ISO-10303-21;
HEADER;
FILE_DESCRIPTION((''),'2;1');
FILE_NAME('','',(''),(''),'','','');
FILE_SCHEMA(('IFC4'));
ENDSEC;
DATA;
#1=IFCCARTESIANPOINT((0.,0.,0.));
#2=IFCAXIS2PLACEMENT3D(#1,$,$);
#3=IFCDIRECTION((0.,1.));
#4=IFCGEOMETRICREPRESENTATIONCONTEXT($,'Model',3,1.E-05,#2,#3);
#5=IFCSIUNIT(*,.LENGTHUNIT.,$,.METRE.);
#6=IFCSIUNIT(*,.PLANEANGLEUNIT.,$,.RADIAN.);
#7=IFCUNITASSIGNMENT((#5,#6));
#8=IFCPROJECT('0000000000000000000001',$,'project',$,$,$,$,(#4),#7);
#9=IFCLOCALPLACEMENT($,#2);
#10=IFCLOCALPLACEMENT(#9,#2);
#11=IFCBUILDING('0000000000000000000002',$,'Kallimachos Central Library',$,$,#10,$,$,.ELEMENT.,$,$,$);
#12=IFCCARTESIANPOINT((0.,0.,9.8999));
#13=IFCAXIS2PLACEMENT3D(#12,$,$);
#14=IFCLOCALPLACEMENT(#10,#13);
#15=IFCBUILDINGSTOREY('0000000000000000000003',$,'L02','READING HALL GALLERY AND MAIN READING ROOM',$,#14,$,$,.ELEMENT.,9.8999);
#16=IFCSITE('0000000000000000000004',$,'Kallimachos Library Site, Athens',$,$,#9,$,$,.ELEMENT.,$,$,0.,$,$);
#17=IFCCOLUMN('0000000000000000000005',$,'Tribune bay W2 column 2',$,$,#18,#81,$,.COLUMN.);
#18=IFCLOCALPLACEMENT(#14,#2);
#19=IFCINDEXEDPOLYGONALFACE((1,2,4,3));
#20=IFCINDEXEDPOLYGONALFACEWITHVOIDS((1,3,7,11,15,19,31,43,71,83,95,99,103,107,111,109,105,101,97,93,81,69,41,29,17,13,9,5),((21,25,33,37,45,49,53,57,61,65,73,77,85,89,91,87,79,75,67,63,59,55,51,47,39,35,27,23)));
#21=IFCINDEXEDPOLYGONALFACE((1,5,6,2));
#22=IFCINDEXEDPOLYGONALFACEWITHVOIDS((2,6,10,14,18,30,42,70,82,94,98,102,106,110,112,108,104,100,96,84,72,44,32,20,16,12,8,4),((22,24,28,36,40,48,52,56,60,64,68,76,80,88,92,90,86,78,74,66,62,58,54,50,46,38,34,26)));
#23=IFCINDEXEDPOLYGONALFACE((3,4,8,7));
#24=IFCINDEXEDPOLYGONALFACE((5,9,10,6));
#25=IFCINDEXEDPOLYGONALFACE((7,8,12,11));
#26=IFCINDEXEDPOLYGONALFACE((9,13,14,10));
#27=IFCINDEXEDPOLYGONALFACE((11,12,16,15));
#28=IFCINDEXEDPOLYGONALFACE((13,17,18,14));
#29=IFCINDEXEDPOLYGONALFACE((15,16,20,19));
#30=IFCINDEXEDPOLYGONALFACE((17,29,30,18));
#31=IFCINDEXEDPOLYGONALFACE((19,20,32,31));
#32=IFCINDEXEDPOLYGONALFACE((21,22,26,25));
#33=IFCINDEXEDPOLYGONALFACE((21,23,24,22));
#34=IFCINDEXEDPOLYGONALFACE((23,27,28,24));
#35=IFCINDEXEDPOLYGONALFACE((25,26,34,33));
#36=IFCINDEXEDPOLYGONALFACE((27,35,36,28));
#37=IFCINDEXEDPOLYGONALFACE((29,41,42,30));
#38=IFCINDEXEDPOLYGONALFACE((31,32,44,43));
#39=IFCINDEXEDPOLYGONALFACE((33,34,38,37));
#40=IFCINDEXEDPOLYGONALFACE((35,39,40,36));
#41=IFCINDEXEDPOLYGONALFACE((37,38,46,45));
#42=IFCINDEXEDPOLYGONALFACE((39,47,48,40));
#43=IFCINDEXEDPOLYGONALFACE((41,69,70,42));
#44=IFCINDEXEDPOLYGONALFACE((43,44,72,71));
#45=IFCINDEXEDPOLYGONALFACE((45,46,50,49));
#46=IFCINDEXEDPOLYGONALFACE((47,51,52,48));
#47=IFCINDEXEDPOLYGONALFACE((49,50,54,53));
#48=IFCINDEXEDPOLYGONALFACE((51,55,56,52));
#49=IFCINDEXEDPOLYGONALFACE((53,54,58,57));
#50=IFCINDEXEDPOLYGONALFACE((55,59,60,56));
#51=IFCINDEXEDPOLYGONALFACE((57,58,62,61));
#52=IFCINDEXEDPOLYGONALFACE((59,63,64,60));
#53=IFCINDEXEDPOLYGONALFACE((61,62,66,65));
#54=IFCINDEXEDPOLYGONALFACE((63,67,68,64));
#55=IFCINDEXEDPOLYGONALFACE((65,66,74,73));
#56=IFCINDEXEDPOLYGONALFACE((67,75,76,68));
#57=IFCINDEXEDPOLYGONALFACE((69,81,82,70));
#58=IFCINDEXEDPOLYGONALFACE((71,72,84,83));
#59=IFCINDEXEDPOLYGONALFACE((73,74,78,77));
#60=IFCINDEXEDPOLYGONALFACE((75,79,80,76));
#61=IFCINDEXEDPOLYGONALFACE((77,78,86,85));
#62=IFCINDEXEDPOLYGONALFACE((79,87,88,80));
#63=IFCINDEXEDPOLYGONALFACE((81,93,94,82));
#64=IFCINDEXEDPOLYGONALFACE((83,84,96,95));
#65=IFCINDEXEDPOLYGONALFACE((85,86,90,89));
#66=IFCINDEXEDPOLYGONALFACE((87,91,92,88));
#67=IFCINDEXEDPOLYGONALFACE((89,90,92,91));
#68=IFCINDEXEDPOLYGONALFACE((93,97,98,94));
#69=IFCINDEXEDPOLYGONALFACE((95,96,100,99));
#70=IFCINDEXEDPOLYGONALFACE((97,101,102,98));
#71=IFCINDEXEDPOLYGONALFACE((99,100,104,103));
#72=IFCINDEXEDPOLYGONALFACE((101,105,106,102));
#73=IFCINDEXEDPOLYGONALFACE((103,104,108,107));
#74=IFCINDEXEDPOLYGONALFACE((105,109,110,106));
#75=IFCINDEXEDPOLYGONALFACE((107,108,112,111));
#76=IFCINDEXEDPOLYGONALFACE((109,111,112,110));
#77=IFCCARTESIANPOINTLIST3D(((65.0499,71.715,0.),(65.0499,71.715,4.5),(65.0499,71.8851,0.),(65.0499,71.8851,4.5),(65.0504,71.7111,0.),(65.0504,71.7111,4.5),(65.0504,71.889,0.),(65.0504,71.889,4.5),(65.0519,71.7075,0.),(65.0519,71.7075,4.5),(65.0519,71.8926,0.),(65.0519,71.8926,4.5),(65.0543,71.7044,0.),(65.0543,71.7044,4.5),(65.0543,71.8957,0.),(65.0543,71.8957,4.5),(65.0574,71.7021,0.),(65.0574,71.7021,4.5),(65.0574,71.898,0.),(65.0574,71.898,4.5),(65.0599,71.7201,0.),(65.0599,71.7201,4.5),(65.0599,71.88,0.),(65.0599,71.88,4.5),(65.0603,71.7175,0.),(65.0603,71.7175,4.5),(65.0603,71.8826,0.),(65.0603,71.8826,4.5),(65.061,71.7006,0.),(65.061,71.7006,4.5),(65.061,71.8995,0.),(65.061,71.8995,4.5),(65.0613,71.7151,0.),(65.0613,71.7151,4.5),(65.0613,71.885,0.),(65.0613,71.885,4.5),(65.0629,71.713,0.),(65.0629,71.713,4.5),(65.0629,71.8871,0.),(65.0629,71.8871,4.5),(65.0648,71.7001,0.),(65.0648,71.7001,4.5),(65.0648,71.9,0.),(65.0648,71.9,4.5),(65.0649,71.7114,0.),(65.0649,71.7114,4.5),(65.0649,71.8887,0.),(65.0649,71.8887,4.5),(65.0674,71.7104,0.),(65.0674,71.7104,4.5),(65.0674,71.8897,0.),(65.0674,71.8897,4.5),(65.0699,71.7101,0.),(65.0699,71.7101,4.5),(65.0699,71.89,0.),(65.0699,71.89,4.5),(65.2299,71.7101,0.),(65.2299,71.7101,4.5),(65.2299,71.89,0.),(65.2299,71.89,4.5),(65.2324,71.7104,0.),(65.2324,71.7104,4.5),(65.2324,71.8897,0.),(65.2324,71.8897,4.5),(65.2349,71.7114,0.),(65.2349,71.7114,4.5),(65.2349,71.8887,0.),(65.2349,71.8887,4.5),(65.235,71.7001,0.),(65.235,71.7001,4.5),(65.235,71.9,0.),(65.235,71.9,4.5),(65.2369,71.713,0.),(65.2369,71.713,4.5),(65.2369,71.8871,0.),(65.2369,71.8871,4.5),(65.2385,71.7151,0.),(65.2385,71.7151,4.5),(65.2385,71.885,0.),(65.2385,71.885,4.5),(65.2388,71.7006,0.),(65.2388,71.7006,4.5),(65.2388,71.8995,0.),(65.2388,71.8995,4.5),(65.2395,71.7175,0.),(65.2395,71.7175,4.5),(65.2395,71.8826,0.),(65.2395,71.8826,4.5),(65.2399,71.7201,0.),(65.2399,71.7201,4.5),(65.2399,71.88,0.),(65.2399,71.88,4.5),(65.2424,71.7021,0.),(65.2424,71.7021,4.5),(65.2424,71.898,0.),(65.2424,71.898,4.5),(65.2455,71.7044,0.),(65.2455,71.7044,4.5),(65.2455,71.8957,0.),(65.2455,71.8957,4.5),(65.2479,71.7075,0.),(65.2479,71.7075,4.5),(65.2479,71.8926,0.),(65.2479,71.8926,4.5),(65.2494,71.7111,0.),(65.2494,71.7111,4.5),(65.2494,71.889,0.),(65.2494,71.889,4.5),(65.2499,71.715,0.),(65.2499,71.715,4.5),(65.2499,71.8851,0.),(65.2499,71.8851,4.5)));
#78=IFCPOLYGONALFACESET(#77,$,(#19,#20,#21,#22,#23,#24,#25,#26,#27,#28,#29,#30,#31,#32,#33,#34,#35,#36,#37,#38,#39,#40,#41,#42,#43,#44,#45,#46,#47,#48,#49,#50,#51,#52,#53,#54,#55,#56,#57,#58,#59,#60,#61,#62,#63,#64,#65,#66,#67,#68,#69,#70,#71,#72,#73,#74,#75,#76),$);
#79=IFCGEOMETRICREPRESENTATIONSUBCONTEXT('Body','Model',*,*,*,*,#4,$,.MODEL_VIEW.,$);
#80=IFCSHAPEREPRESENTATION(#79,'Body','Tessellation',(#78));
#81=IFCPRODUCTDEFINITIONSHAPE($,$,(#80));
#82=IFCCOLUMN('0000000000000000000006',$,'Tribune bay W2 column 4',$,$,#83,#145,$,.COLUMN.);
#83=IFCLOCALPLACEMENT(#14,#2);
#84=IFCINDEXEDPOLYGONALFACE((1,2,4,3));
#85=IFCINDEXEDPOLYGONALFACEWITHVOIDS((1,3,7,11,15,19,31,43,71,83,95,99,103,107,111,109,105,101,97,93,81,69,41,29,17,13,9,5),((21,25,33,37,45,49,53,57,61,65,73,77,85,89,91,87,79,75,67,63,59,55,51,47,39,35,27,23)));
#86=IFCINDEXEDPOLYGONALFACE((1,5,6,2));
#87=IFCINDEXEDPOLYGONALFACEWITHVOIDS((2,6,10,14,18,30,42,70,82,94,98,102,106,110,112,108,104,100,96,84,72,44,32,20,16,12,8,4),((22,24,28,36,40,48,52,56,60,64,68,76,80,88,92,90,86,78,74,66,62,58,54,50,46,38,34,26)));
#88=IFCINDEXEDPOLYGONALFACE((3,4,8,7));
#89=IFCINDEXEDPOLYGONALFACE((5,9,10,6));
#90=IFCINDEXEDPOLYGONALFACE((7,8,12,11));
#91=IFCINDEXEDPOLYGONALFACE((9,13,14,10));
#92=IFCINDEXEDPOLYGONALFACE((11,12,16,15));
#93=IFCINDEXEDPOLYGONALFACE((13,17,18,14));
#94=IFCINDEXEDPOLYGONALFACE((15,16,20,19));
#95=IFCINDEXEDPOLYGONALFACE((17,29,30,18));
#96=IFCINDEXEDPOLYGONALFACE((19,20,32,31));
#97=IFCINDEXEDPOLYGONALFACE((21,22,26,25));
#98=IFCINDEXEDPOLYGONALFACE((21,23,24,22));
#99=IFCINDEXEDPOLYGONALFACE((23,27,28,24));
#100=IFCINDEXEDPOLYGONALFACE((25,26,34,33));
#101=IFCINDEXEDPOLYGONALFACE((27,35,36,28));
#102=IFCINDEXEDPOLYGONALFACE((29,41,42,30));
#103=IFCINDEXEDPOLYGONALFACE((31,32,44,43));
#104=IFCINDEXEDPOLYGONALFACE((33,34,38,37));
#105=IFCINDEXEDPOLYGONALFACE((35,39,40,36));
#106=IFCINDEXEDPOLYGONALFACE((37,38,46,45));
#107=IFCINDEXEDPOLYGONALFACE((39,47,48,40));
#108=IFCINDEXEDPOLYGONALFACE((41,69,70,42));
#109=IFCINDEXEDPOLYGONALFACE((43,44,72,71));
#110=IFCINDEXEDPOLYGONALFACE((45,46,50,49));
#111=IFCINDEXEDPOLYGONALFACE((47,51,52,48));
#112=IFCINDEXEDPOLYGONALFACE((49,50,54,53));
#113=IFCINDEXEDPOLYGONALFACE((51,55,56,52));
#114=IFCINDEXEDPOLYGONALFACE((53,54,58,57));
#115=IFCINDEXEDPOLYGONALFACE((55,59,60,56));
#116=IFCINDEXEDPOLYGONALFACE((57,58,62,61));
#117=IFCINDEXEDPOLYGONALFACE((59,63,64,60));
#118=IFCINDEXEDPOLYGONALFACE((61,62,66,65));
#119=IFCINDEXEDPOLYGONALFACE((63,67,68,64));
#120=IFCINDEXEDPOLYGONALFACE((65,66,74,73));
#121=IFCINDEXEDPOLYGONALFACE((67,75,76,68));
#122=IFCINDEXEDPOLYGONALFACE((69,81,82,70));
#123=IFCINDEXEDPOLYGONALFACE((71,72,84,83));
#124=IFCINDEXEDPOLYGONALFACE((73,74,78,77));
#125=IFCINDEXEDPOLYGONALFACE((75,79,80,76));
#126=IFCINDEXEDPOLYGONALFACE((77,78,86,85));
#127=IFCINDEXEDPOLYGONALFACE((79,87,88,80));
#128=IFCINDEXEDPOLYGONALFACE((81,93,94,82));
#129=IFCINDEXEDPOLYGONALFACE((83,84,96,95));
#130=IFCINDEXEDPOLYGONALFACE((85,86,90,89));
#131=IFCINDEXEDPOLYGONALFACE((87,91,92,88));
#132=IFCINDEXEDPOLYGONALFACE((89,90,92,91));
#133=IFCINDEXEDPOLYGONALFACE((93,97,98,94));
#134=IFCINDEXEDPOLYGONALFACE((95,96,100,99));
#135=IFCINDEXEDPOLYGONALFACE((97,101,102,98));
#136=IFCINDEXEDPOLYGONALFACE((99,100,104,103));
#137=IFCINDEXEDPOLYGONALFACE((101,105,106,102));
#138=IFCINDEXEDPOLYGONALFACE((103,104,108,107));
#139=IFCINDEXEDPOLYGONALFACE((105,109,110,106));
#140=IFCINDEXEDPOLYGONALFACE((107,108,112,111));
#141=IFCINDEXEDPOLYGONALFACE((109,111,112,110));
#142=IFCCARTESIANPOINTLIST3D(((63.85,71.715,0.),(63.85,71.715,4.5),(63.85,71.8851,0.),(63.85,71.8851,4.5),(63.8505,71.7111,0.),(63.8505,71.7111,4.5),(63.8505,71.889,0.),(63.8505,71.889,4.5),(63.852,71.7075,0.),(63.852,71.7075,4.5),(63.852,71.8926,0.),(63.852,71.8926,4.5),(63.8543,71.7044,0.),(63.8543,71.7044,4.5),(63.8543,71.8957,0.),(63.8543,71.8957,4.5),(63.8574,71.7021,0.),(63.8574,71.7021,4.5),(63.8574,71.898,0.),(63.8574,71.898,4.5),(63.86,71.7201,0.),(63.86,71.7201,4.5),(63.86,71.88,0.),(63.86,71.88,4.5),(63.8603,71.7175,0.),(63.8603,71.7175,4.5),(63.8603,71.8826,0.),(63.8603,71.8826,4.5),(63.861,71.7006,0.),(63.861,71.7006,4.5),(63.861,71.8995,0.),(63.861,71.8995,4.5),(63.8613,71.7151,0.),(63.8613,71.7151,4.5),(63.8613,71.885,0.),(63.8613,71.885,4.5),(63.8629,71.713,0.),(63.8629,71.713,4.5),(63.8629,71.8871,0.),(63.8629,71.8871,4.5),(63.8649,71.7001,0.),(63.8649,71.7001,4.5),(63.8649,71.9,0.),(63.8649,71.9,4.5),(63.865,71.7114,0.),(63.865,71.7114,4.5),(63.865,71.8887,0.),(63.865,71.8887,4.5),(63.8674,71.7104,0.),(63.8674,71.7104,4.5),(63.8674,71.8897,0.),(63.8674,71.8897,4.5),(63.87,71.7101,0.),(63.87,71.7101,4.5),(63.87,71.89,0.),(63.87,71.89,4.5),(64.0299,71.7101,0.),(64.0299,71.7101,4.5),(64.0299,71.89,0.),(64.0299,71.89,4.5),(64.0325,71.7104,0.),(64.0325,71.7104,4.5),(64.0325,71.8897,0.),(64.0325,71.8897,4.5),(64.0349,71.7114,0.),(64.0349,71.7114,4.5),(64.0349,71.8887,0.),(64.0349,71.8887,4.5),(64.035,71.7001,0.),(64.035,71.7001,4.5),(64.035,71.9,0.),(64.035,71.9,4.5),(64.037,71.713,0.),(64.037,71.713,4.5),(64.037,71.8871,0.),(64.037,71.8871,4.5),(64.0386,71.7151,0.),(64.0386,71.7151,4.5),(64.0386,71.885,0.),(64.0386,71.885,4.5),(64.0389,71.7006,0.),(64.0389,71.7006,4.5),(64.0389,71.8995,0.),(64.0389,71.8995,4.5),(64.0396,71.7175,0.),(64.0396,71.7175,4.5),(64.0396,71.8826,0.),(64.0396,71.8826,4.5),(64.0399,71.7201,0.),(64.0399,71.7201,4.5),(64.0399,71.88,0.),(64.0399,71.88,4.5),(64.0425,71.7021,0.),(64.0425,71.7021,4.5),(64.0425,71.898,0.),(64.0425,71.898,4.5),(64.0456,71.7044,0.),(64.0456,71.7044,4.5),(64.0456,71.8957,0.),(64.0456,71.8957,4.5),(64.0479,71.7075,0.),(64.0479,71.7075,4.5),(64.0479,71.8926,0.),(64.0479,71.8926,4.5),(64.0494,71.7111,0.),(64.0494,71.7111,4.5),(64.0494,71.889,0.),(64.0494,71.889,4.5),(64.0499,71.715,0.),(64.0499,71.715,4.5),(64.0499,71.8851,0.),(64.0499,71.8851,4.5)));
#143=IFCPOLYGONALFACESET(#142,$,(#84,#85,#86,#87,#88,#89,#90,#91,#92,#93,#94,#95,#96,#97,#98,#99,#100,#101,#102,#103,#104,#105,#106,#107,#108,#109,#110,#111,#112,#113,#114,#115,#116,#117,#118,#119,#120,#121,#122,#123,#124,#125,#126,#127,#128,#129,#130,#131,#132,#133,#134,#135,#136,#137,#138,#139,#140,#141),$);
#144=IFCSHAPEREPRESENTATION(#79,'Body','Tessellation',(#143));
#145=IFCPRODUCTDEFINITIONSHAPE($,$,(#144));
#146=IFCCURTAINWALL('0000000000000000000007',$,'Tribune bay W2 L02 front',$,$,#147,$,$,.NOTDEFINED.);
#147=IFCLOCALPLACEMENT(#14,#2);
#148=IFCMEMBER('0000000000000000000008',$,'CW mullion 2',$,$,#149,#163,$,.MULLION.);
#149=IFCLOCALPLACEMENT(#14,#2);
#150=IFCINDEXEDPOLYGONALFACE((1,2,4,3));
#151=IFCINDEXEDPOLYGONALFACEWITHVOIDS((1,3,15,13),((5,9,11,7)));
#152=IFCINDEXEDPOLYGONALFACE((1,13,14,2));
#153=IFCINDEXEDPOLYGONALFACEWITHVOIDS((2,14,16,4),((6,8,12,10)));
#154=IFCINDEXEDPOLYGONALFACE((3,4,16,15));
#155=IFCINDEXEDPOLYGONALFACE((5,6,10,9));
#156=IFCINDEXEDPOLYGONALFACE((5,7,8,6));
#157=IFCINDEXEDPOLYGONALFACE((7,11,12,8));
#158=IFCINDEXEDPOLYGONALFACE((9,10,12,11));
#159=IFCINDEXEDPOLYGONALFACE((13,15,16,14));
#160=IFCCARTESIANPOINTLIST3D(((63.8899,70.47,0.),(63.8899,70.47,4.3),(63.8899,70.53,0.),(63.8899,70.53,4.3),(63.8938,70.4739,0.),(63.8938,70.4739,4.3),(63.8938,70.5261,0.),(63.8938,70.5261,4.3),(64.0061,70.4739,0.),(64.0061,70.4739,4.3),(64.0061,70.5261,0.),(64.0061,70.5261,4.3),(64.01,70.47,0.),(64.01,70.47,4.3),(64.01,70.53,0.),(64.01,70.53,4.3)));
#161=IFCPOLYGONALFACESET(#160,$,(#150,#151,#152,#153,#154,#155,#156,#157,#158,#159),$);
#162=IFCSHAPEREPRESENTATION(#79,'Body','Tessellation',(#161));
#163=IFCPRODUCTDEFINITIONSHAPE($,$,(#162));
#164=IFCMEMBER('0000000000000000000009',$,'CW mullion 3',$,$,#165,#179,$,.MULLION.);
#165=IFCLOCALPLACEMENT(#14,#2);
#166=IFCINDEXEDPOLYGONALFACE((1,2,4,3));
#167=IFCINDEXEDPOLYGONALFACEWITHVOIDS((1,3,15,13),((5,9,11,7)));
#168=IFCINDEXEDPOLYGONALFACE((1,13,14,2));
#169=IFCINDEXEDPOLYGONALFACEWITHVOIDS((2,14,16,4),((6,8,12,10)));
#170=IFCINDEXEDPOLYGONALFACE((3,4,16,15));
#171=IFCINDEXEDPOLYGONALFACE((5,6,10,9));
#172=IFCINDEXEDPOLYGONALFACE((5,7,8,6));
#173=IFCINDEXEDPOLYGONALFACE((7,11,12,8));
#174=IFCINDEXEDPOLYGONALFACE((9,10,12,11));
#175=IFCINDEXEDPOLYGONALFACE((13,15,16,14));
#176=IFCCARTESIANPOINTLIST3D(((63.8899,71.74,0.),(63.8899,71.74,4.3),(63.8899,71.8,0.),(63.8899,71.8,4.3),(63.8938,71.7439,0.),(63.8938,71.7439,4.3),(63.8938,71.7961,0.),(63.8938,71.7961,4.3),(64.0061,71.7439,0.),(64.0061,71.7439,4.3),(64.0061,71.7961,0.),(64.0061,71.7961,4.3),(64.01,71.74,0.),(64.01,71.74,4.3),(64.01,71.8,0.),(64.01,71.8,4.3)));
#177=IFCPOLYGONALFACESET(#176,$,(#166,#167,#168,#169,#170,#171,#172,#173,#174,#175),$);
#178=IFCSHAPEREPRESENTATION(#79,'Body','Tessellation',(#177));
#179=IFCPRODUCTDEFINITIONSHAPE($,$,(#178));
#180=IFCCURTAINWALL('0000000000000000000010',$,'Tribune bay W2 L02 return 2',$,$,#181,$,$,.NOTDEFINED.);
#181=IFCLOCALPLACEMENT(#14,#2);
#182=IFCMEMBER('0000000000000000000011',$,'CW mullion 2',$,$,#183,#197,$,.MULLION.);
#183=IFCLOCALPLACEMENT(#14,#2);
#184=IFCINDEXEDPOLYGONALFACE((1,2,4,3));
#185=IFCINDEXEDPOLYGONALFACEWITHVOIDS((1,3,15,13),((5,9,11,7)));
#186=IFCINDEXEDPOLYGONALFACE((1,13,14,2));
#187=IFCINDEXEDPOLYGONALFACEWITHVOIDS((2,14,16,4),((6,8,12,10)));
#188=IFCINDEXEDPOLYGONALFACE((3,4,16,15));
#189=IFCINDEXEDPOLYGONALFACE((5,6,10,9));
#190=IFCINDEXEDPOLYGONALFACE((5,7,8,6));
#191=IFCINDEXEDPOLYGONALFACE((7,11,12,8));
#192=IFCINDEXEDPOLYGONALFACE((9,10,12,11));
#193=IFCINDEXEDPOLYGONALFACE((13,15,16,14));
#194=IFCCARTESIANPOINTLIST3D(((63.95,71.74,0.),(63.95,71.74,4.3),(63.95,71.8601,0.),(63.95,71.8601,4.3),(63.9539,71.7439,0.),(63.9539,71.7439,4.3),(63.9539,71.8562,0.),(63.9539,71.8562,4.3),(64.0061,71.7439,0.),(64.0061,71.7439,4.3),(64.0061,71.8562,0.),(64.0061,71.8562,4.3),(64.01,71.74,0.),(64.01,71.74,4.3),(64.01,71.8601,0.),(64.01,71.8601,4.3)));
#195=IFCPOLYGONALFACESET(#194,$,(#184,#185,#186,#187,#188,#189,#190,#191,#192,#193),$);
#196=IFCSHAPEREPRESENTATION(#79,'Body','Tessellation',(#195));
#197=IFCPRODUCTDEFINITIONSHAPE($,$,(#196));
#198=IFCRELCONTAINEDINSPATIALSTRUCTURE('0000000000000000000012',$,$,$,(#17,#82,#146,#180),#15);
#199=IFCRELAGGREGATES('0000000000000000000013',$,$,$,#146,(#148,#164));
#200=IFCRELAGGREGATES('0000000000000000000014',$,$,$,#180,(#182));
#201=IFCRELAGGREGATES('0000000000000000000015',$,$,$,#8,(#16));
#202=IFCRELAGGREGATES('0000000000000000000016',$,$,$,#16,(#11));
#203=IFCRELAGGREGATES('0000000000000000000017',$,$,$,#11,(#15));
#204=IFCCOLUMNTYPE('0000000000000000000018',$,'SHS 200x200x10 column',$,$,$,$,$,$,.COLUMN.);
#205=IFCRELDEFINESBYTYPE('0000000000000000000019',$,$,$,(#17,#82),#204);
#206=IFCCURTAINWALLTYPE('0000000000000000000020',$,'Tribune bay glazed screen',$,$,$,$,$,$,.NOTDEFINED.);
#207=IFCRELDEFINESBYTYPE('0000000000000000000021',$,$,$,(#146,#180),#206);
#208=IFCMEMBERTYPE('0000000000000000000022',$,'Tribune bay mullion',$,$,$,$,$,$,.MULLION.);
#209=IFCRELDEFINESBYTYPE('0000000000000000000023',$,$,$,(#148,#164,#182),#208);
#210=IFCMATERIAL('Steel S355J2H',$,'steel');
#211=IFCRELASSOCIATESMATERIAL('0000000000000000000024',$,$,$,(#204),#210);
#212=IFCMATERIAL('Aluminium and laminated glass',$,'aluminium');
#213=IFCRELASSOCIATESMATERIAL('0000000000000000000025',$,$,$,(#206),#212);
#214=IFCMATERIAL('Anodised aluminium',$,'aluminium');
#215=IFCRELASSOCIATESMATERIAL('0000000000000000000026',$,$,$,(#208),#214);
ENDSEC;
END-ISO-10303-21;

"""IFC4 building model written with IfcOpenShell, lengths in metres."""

from ifc_helpers import new_model, si_unit, direction, frame, origin, origin_2d, place, context, subcontext, project, spatial, hollow_rectangle, extrude, material, material_profile, profile_set, type_object, element, aggregate, save


model = new_model("IFC4")

# Units and contexts
model_context = context("Model", 3, precision=1e-05, world=origin(), true_north=direction((0.0, 1.0)))
body_context = subcontext(model_context, "Body", "Model", "MODEL_VIEW")
ifc_project = project(units=[si_unit("LENGTHUNIT", "METRE"), si_unit("PLANEANGLEUNIT", "RADIAN")], contexts=[model_context])

# Site, building, storey
site_placement = place(None, origin())
site = spatial("IfcSite", under=ifc_project, at=site_placement, Name="Kallimachos Library Site, Athens", CompositionType="ELEMENT", RefElevation=0.0)
building_placement = place(site_placement, origin())
building = spatial("IfcBuilding", under=site, at=building_placement, Name="Kallimachos Central Library", CompositionType="ELEMENT")
storey_placement = place(building_placement, frame((0.0, 0.0, 9.8999)))
storey = spatial("IfcBuildingStorey", under=building, at=storey_placement, Name="L02", Description="READING HALL GALLERY AND MAIN READING ROOM", CompositionType="ELEMENT", Elevation=9.8999)

# Columns
ifc_material_1 = material(Name="Steel S355J2H", Category="steel")
ifc_material_profile_1 = material_profile(ifc_material_1, hollow_rectangle(XDim=0.2, YDim=0.2, WallThickness=0.01, InnerFilletRadius=0.01, OuterFilletRadius=0.0149, at=origin_2d()), Name="SHS 200x200x10")
ifc_profile_set_1 = profile_set([ifc_material_profile_1], Name="Steel S355J2H")
column_type = type_object("IfcColumnType", Name="SHS 200x200x10 column", PredefinedType="COLUMN", material=ifc_profile_set_1)
for number, where, z_axis, x_axis, name in (
    (1, (65.1499, 71.8, 0.0), (0.0, 0.0, 1.0), (1.0, 0.0, 0.0), "Tribune bay W2 column 2"),
    (2, (63.95, 71.8, 0.0), (0.0, 0.0, 1.0), (1.0, 0.0, 0.0), "Tribune bay W2 column 4"),
):
    element("IfcColumn", number, at=place(storey_placement, frame(where, z_axis=z_axis, x_axis=x_axis)), inside=storey, type_object=column_type, Name=name, PredefinedType="COLUMN", context=body_context, shape_type="SweptSolid", body=[
        extrude(hollow_rectangle(XDim=0.2, YDim=0.2, WallThickness=0.01, InnerFilletRadius=0.01, OuterFilletRadius=0.0149, at=origin_2d()), origin(), (0.0, 0.0, 1.0), 4.5),
    ])

# Curtain wall, members
ifc_material_2 = material(Name="Aluminium and laminated glass", Category="aluminium")
curtain_wall_type = type_object("IfcCurtainWallType", Name="Tribune bay glazed screen", PredefinedType="NOTDEFINED", material=ifc_material_2)
curtain_wall_1_placement = place(storey_placement, origin())
curtain_wall_1 = element("IfcCurtainWall", 3, at=curtain_wall_1_placement, inside=storey, type_object=curtain_wall_type, Name="Tribune bay W2 L02 front", PredefinedType="NOTDEFINED")
ifc_material_3 = material(Name="Anodised aluminium", Category="aluminium")
ifc_material_profile_2 = material_profile(ifc_material_3, hollow_rectangle(XDim=0.0601, YDim=0.1201, WallThickness=0.0039, at=origin_2d()), Name="ALU MULLION 60x120")
ifc_profile_set_2 = profile_set([ifc_material_profile_2], Name="Anodised aluminium")
member_type_1 = type_object("IfcMemberType", Name="Tribune bay mullion", PredefinedType="MULLION", material=ifc_profile_set_2)
member_1_placement = place(storey_placement, frame((63.95, 70.5, 0.0), z_axis=(0.0, 0.0, 1.0), x_axis=(0.0, 1.0, 0.0)))
member_1 = element("IfcMember", 4, at=member_1_placement, type_object=member_type_1, Name="CW mullion 2", PredefinedType="MULLION", context=body_context, shape_type="SweptSolid", body=[
    extrude(hollow_rectangle(XDim=0.0601, YDim=0.1201, WallThickness=0.0039, at=origin_2d()), origin(), (0.0, 0.0, 1.0), 4.3),
])
member_2_placement = place(storey_placement, frame((63.95, 71.77, 0.0), z_axis=(0.0, 0.0, 1.0), x_axis=(0.0, 1.0, 0.0)))
member_2 = element("IfcMember", 5, at=member_2_placement, type_object=member_type_1, Name="CW mullion 3", PredefinedType="MULLION", context=body_context, shape_type="SweptSolid", body=[
    extrude(hollow_rectangle(XDim=0.0601, YDim=0.1201, WallThickness=0.0039, at=origin_2d()), origin(), (0.0, 0.0, 1.0), 4.3),
])

# Curtain wall, member
curtain_wall_2_placement = place(storey_placement, origin())
curtain_wall_2 = element("IfcCurtainWall", 6, at=curtain_wall_2_placement, inside=storey, type_object=curtain_wall_type, Name="Tribune bay W2 L02 return 2", PredefinedType="NOTDEFINED")
member_3_placement = place(storey_placement, frame((63.98, 71.8, 0.0), z_axis=(0.0, 0.0, 1.0), x_axis=(-1.0, 0.0, 0.0)))
member_3 = element("IfcMember", 7, at=member_3_placement, type_object=member_type_1, Name="CW mullion 2", PredefinedType="MULLION", context=body_context, shape_type="SweptSolid", body=[
    extrude(hollow_rectangle(XDim=0.0601, YDim=0.1201, WallThickness=0.0039, at=origin_2d()), origin(), (0.0, 0.0, 1.0), 4.3),
])

aggregate(curtain_wall_1, [member_1, member_2])
aggregate(curtain_wall_2, [member_3])

save(model, "model.ifc")
